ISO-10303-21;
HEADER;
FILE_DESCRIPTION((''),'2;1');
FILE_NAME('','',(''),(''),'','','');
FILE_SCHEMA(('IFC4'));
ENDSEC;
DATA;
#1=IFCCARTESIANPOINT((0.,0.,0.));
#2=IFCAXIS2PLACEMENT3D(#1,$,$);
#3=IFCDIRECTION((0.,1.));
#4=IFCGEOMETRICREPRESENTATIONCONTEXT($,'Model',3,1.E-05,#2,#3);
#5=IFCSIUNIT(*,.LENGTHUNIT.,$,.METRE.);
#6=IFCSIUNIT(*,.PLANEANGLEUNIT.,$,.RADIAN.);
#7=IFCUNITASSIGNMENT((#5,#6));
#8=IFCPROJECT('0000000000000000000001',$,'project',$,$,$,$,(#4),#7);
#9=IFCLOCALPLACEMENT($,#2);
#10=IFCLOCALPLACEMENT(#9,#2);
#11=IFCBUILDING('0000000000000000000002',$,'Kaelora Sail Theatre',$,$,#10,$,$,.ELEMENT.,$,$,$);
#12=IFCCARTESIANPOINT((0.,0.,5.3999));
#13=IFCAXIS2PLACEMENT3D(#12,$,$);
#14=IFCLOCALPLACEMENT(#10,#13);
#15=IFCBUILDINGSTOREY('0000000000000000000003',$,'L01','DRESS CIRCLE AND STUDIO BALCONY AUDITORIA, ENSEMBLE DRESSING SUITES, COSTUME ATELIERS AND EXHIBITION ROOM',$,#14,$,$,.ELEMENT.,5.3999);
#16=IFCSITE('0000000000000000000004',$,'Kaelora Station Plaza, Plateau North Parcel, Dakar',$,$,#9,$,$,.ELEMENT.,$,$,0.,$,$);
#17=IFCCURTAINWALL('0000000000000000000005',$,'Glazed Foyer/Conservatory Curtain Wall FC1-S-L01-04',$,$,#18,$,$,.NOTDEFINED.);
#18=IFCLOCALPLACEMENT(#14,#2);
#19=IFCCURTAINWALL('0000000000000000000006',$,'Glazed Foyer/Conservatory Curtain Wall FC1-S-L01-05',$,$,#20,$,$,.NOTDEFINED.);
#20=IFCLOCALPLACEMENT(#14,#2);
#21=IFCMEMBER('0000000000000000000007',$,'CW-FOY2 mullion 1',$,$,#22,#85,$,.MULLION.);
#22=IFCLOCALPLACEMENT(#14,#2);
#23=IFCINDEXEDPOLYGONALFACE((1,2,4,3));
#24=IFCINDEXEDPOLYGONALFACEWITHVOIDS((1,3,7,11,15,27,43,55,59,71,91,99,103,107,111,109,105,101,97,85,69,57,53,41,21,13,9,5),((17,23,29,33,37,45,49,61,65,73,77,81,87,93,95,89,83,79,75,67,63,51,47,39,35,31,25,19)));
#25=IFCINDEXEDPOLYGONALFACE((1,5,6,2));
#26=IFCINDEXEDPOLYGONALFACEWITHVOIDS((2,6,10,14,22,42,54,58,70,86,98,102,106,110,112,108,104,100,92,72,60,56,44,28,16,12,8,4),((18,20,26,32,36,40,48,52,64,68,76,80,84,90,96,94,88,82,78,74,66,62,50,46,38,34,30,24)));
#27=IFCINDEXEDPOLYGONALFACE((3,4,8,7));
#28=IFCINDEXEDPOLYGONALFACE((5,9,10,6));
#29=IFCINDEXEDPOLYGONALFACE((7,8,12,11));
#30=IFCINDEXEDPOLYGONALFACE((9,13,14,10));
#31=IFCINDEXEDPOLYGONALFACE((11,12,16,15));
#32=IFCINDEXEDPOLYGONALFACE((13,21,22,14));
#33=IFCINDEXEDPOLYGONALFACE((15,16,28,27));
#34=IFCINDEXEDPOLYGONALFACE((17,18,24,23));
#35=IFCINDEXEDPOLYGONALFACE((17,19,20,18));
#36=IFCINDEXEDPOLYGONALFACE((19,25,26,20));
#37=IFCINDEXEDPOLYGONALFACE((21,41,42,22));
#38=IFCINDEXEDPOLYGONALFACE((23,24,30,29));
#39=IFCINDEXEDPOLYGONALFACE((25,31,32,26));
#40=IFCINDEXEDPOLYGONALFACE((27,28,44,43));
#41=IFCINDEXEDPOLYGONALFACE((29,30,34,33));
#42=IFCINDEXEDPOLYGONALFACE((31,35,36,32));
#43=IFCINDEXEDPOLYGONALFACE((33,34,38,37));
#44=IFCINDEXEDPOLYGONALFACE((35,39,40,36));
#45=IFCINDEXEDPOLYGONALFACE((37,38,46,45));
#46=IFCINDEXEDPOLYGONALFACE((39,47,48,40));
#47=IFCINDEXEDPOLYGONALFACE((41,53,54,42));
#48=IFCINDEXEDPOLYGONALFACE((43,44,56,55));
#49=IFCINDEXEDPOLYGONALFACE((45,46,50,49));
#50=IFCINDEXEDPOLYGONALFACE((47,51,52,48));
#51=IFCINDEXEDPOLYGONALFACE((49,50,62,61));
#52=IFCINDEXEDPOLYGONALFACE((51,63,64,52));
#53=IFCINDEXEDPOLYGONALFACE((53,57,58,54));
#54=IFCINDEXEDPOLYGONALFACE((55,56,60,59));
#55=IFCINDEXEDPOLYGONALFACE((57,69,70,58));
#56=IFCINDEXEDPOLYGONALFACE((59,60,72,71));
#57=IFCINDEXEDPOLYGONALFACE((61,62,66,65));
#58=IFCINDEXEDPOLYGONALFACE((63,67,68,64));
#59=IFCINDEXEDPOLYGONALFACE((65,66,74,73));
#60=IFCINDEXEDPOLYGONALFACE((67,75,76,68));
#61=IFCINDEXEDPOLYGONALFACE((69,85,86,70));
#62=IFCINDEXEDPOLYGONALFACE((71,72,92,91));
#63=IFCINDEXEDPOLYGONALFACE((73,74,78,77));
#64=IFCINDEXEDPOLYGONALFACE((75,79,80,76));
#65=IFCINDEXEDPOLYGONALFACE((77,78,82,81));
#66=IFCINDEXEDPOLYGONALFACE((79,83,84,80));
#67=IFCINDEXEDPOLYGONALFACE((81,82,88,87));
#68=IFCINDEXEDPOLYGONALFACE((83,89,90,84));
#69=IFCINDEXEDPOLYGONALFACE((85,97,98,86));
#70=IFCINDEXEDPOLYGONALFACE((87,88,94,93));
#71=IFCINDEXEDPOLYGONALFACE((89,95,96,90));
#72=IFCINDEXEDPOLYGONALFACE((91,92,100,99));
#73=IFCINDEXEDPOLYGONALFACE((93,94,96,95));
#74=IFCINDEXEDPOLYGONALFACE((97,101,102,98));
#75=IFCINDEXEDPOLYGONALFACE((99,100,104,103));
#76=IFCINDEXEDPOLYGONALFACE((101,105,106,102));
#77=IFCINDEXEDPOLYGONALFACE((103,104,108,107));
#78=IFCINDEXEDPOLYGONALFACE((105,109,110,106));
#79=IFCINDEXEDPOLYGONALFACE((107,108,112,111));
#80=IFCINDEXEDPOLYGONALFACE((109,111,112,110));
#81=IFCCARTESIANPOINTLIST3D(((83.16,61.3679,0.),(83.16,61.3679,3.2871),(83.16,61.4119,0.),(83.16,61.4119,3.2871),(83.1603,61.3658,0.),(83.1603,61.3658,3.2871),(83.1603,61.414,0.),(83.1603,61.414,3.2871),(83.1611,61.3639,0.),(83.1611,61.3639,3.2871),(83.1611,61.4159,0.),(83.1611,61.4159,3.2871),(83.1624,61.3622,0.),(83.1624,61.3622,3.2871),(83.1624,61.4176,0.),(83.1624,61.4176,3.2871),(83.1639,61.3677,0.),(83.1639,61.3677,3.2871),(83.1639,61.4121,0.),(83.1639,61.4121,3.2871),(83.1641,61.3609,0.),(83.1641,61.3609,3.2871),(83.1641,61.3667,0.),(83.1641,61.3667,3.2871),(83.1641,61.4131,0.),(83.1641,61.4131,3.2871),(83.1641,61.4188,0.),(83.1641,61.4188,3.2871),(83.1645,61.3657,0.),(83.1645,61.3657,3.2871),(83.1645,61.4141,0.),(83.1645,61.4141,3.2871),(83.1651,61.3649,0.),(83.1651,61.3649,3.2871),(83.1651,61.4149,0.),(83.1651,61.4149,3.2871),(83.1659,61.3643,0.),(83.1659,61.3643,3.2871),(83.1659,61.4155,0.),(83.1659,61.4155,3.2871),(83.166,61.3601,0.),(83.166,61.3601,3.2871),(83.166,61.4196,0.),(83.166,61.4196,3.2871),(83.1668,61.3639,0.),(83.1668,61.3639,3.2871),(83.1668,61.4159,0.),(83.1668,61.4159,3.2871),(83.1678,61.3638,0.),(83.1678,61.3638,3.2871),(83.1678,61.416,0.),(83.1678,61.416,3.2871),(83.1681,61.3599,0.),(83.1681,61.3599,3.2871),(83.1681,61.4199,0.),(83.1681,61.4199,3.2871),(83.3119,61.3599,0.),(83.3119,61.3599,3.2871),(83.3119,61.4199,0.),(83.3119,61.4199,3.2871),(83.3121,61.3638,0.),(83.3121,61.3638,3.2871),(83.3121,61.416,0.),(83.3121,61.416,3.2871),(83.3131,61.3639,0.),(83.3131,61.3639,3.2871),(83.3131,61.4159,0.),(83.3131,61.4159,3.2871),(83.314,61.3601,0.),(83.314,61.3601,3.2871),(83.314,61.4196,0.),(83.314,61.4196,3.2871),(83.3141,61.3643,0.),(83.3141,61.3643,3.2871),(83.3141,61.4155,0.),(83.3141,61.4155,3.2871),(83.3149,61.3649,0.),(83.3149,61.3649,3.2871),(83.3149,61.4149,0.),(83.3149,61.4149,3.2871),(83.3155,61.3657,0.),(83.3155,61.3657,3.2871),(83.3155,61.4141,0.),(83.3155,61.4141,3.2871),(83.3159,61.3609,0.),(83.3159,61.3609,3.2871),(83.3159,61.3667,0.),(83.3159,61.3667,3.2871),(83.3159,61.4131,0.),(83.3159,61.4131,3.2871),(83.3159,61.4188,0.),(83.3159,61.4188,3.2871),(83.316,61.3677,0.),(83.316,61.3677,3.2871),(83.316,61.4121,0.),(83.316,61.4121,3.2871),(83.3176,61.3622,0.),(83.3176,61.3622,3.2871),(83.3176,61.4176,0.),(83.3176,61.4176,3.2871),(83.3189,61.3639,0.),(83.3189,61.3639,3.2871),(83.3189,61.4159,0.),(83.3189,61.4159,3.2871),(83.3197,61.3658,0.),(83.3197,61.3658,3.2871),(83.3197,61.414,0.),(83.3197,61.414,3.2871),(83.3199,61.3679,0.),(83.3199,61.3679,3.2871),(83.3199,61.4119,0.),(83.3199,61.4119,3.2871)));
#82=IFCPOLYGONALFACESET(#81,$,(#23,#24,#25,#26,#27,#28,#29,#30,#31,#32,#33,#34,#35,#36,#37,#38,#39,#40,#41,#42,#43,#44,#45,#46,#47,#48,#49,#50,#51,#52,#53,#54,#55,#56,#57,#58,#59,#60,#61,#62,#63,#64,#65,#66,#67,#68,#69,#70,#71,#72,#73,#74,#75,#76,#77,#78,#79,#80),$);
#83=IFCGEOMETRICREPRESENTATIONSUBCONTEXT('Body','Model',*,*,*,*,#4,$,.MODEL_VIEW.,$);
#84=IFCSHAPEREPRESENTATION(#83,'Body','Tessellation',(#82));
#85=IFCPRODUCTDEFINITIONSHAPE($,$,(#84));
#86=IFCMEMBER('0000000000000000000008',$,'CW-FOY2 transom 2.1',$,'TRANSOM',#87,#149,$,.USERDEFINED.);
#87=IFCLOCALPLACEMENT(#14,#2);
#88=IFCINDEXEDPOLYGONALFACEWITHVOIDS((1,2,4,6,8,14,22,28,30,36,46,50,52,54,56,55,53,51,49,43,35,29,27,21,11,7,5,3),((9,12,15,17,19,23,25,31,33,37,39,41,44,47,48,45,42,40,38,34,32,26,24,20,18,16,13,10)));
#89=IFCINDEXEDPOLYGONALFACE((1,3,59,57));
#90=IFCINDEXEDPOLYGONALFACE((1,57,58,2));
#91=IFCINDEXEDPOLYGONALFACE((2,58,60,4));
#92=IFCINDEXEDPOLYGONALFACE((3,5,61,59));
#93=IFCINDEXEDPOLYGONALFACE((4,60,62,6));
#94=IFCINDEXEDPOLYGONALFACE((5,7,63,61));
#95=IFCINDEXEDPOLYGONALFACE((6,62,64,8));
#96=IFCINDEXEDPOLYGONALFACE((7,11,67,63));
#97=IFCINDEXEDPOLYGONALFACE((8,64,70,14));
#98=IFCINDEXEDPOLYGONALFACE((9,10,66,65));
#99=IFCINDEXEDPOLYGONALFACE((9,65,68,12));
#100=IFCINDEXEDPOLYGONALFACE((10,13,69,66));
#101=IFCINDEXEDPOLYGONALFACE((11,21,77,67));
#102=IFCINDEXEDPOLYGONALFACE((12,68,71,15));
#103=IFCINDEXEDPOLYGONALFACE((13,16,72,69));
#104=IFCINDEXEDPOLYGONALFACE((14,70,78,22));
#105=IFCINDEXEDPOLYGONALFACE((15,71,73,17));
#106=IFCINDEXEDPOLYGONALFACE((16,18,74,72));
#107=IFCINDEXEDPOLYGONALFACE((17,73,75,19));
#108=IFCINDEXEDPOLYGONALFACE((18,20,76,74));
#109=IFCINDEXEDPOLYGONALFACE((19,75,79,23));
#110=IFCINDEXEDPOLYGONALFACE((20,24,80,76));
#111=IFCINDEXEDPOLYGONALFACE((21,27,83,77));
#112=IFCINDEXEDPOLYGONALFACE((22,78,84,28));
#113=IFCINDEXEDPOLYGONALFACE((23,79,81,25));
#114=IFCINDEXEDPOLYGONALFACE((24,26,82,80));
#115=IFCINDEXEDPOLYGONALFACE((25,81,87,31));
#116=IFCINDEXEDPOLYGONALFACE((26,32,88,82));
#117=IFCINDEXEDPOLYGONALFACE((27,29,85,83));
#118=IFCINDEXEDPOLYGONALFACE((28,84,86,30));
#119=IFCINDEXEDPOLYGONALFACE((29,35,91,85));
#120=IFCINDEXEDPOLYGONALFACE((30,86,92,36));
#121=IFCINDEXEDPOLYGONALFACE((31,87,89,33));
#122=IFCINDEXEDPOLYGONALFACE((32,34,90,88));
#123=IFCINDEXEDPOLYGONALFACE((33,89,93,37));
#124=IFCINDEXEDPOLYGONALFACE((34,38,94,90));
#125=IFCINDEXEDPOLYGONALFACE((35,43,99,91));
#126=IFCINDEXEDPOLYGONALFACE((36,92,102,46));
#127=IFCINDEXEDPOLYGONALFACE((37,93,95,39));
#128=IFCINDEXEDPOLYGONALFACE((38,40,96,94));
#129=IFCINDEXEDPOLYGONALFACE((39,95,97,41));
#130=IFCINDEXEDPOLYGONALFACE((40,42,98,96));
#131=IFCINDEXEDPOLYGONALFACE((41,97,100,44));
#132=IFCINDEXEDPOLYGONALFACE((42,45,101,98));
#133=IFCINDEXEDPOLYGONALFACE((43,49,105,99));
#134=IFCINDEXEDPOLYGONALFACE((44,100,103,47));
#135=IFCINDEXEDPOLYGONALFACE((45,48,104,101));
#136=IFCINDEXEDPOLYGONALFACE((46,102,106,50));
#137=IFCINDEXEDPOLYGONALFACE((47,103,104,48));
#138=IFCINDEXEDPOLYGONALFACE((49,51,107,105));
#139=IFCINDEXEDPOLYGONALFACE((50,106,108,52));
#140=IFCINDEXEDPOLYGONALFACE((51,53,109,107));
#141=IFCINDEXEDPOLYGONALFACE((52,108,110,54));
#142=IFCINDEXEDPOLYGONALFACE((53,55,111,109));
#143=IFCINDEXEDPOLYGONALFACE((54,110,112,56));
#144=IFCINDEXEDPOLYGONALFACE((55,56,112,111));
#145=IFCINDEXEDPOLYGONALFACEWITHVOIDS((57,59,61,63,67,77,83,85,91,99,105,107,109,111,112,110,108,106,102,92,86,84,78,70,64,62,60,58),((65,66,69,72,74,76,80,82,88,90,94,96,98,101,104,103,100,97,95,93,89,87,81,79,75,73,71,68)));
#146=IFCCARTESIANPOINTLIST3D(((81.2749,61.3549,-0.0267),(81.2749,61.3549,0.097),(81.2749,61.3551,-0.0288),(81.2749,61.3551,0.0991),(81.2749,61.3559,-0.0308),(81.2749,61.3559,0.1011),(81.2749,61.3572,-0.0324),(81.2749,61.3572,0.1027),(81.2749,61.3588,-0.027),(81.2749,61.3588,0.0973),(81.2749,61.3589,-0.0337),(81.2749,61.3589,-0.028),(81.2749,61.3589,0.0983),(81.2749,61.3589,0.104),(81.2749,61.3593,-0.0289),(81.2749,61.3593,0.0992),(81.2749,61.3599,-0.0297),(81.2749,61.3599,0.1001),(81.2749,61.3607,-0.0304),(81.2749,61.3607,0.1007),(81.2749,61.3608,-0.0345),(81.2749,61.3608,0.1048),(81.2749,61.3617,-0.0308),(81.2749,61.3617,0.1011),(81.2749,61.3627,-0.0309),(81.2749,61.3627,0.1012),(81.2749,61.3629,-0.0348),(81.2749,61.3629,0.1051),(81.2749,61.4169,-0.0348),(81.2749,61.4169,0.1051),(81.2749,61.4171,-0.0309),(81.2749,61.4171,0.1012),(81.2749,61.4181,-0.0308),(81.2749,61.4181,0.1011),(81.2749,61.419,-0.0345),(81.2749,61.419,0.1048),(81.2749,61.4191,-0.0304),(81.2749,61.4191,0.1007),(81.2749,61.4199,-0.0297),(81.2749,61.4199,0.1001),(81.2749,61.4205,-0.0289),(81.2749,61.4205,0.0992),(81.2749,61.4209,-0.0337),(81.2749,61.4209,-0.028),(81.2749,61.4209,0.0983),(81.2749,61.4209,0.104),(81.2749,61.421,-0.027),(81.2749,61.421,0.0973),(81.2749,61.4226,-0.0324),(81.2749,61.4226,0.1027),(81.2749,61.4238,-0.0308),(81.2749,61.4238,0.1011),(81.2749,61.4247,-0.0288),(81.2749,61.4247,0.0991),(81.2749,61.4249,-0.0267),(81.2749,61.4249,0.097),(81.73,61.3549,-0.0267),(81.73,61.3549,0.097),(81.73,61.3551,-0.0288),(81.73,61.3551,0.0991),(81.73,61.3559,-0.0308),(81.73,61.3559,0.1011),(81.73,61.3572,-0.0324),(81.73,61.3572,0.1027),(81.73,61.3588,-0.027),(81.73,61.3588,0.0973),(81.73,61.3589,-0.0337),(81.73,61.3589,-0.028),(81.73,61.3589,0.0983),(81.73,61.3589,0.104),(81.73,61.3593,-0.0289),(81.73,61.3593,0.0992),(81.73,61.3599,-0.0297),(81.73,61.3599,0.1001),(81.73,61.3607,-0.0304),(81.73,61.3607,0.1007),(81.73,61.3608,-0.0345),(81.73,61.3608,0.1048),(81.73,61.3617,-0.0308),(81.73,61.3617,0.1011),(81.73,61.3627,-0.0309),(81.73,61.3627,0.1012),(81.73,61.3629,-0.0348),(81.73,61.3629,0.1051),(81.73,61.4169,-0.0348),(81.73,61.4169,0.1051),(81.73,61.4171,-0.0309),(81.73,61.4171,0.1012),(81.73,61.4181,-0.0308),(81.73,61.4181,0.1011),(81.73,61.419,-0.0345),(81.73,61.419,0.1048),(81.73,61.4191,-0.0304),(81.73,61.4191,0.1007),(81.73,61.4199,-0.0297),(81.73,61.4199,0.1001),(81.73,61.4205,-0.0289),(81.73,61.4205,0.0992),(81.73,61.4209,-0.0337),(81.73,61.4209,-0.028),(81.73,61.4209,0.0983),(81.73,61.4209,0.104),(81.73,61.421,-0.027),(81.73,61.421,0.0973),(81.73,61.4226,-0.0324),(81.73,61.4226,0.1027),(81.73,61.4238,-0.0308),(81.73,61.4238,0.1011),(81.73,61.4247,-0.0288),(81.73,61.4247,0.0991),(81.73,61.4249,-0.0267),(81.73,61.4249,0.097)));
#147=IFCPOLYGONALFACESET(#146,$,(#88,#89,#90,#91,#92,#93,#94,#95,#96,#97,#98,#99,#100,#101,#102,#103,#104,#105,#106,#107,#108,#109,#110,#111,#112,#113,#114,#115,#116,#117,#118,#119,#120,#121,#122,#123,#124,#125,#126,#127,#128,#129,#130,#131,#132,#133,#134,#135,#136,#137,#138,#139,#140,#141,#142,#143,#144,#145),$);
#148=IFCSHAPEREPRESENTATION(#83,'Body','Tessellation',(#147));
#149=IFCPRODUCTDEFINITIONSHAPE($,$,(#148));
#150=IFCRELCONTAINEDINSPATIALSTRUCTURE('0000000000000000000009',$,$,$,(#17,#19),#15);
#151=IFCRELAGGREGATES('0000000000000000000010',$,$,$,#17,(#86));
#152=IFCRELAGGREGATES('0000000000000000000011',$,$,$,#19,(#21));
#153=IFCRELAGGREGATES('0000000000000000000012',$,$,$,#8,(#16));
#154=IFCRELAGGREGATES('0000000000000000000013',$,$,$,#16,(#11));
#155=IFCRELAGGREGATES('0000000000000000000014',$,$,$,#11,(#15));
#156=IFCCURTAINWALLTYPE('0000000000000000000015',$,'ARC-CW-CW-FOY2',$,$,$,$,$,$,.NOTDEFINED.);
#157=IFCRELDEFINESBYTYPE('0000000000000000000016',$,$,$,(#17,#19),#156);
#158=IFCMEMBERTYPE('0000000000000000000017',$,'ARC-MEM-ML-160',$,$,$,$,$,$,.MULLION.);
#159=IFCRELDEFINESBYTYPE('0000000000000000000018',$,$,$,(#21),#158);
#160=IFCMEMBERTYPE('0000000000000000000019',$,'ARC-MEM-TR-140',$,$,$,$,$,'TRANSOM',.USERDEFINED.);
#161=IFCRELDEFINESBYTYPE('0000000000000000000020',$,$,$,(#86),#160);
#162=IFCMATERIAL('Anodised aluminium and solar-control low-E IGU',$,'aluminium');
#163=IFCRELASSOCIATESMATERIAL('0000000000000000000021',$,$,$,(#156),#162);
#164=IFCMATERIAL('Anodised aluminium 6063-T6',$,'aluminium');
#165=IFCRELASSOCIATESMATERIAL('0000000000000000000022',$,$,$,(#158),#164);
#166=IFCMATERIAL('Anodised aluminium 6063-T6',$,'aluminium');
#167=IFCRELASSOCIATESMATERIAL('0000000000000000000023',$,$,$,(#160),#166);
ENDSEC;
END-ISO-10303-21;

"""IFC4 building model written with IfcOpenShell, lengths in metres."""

from ifc_helpers import new_model, si_unit, direction, frame, origin, origin_2d, place, context, subcontext, project, spatial, hollow_rectangle, extrude, material, material_profile, profile_set, type_object, element, aggregate, save


model = new_model("IFC4")

# Units and contexts
model_context = context("Model", 3, precision=1e-05, world=origin(), true_north=direction((0.0, 1.0)))
body_context = subcontext(model_context, "Body", "Model", "MODEL_VIEW")
ifc_project = project(units=[si_unit("LENGTHUNIT", "METRE"), si_unit("PLANEANGLEUNIT", "RADIAN")], contexts=[model_context])

# Site, building, storey
site_placement = place(None, origin())
site = spatial("IfcSite", under=ifc_project, at=site_placement, Name="Kaelora Station Plaza, Plateau North Parcel, Dakar", CompositionType="ELEMENT", RefElevation=0.0)
building_placement = place(site_placement, origin())
building = spatial("IfcBuilding", under=site, at=building_placement, Name="Kaelora Sail Theatre", CompositionType="ELEMENT")
storey_placement = place(building_placement, frame((0.0, 0.0, 5.3999)))
storey = spatial("IfcBuildingStorey", under=building, at=storey_placement, Name="L01", Description="DRESS CIRCLE AND STUDIO BALCONY AUDITORIA, ENSEMBLE DRESSING SUITES, COSTUME ATELIERS AND EXHIBITION ROOM", CompositionType="ELEMENT", Elevation=5.3999)

# Curtain wall
ifc_material_1 = material(Name="Anodised aluminium and solar-control low-E IGU", Category="aluminium")
curtain_wall_type = type_object("IfcCurtainWallType", Name="ARC-CW-CW-FOY2", PredefinedType="NOTDEFINED", material=ifc_material_1)
curtain_wall_1_placement = place(storey_placement, origin())
curtain_wall_1 = element("IfcCurtainWall", 1, at=curtain_wall_1_placement, inside=storey, type_object=curtain_wall_type, Name="Glazed Foyer/Conservatory Curtain Wall FC1-S-L01-04", PredefinedType="NOTDEFINED")
ifc_material_2 = material(Name="Anodised aluminium 6063-T6", Category="aluminium")
ifc_material_profile_1 = material_profile(ifc_material_2, hollow_rectangle(XDim=0.0601, YDim=0.1599, WallThickness=0.0039, InnerFilletRadius=0.0039, OuterFilletRadius=0.0081, at=origin_2d()), Name="ALU-MULL 60x160x4")
ifc_profile_set_1 = profile_set([ifc_material_profile_1], Name="Anodised aluminium 6063-T6")
member_type_1 = type_object("IfcMemberType", Name="ARC-MEM-ML-160", PredefinedType="MULLION", material=ifc_profile_set_1)

# Curtain wall, member
curtain_wall_2_placement = place(storey_placement, origin())
curtain_wall_2 = element("IfcCurtainWall", 2, at=curtain_wall_2_placement, inside=storey, type_object=curtain_wall_type, Name="Glazed Foyer/Conservatory Curtain Wall FC1-S-L01-05", PredefinedType="NOTDEFINED")
member_1_placement = place(storey_placement, frame((83.24, 61.3899, 0.0), z_axis=(0.0, 0.0, 1.0), x_axis=(0.0, 1.0, 0.0)))
member_1 = element("IfcMember", 3, at=member_1_placement, type_object=member_type_1, Name="CW-FOY2 mullion 1", PredefinedType="MULLION", context=body_context, shape_type="SweptSolid", body=[
    extrude(hollow_rectangle(XDim=0.0601, YDim=0.1599, WallThickness=0.0039, InnerFilletRadius=0.0039, OuterFilletRadius=0.0081, at=origin_2d()), origin(), (0.0, 0.0, 1.0), 3.2871),
])

# Member
ifc_material_3 = material(Name="Anodised aluminium 6063-T6", Category="aluminium")
ifc_material_profile_2 = material_profile(ifc_material_3, hollow_rectangle(XDim=0.0701, YDim=0.1399, WallThickness=0.0039, InnerFilletRadius=0.0039, OuterFilletRadius=0.0081, at=origin_2d()), Name="ALU-TRAN 70x140x4")
ifc_profile_set_2 = profile_set([ifc_material_profile_2], Name="Anodised aluminium 6063-T6")
member_type_2 = type_object("IfcMemberType", Name="ARC-MEM-TR-140", ElementType="TRANSOM", PredefinedType="USERDEFINED", material=ifc_profile_set_2)
member_2_placement = place(storey_placement, frame((81.2749, 61.3899, 0.0352), z_axis=(1.0, 0.0, 0.0), x_axis=(0.0, 1.0, 0.0)))
member_2 = element("IfcMember", 4, at=member_2_placement, type_object=member_type_2, Name="CW-FOY2 transom 2.1", ObjectType="TRANSOM", PredefinedType="USERDEFINED", context=body_context, shape_type="SweptSolid", body=[
    extrude(hollow_rectangle(XDim=0.0701, YDim=0.1399, WallThickness=0.0039, InnerFilletRadius=0.0039, OuterFilletRadius=0.0081, at=origin_2d()), origin(), (0.0, 0.0, 1.0), 0.4551),
])

aggregate(curtain_wall_1, [member_2])
aggregate(curtain_wall_2, [member_1])

save(model, "model.ifc")
